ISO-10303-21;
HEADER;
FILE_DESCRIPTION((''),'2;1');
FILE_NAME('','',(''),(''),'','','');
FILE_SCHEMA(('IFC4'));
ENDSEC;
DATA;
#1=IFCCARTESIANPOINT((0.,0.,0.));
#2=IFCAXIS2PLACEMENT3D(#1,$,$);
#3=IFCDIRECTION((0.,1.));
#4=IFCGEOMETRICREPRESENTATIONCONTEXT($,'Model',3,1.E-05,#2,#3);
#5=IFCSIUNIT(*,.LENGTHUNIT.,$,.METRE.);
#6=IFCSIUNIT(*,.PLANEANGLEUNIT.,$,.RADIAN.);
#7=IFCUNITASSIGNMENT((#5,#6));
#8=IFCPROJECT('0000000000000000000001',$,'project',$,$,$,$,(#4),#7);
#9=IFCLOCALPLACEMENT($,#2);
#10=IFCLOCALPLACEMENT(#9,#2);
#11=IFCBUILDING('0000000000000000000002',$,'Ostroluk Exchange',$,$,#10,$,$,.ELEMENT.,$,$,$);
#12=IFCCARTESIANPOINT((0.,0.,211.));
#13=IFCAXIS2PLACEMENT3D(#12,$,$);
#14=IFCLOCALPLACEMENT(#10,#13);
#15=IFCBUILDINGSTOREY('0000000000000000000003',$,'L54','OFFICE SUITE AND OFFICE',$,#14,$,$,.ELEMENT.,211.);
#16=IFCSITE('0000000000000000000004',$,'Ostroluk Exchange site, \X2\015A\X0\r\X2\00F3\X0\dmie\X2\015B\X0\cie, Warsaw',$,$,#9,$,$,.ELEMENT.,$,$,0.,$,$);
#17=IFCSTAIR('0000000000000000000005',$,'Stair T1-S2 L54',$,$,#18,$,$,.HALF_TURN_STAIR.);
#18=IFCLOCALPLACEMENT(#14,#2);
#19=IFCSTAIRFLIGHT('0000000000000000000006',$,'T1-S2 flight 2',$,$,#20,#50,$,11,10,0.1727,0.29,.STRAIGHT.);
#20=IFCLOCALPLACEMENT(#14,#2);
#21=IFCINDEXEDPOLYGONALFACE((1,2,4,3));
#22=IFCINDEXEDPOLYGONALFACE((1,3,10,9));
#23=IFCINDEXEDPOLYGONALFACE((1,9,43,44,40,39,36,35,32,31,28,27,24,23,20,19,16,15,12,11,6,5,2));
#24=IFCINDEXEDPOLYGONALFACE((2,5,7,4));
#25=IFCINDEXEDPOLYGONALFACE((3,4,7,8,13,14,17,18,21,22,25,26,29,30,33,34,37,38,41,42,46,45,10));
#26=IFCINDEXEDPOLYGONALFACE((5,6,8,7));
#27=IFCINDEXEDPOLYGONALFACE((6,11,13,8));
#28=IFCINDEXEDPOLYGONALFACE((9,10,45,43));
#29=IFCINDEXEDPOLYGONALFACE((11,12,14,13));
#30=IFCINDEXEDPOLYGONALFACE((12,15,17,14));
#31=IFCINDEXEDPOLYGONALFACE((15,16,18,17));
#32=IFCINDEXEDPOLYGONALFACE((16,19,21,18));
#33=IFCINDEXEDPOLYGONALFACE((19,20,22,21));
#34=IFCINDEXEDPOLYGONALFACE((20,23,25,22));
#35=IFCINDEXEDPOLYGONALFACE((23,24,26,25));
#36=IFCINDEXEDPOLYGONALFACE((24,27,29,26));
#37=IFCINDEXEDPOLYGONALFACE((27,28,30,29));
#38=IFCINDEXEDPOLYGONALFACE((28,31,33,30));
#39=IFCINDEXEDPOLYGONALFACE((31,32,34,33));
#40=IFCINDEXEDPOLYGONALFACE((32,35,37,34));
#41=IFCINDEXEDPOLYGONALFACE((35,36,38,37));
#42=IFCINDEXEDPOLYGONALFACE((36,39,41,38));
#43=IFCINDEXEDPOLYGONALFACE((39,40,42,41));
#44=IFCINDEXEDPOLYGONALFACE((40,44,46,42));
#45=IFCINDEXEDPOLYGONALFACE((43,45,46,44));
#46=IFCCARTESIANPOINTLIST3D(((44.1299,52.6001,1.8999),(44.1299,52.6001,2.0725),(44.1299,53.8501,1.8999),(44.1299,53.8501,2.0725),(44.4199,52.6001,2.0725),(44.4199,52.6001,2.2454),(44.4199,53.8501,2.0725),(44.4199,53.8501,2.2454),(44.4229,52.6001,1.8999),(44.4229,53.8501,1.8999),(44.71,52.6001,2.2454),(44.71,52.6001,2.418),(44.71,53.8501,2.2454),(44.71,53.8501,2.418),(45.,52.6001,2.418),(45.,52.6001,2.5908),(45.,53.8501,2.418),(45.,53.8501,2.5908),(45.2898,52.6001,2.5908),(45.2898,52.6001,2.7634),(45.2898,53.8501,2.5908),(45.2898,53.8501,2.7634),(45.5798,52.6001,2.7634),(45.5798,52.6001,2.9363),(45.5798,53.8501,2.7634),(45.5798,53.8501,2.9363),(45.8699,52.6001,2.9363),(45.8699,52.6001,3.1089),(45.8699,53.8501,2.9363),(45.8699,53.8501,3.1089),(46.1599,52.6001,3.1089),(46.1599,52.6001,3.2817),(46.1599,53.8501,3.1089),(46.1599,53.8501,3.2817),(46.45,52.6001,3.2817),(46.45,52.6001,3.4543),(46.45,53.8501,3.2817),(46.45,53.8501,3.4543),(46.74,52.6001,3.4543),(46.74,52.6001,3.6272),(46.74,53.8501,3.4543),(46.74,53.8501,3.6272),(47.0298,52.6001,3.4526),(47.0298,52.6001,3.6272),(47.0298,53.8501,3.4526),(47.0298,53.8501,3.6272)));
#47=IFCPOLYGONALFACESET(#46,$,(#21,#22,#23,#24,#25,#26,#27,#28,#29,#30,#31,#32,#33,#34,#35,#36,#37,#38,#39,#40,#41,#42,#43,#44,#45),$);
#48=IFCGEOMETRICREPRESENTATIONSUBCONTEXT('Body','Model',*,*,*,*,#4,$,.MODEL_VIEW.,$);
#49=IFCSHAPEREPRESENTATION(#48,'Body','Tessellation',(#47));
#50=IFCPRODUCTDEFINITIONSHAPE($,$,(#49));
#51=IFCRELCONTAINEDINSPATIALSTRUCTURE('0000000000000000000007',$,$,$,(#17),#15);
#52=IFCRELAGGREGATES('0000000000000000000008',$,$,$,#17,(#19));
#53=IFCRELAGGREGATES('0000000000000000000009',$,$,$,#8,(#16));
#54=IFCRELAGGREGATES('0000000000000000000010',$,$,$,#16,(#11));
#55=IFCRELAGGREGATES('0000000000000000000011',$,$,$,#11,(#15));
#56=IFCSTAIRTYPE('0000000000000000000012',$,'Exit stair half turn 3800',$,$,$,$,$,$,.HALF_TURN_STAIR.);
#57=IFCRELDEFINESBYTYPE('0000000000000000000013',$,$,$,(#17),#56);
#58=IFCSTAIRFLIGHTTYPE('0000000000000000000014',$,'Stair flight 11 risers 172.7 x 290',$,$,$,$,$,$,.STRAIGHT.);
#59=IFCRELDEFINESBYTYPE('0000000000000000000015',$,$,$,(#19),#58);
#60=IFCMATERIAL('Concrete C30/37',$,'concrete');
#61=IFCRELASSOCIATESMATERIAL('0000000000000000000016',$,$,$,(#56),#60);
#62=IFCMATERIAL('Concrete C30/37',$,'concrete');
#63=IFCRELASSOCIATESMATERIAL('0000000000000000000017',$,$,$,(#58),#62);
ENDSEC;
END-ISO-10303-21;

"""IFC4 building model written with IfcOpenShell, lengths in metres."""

from ifc_helpers import new_model, si_unit, direction, frame, origin, place, context, subcontext, project, spatial, polyline, outline, extrude, material, type_object, element, aggregate, save


model = new_model("IFC4")

# Units and contexts
model_context = context("Model", 3, precision=1e-05, world=origin(), true_north=direction((0.0, 1.0)))
body_context = subcontext(model_context, "Body", "Model", "MODEL_VIEW")
ifc_project = project(units=[si_unit("LENGTHUNIT", "METRE"), si_unit("PLANEANGLEUNIT", "RADIAN")], contexts=[model_context])

# Site, building, storey
site_placement = place(None, origin())
site = spatial("IfcSite", under=ifc_project, at=site_placement, Name="Ostroluk Exchange site, Śródmieście, Warsaw", CompositionType="ELEMENT", RefElevation=0.0)
building_placement = place(site_placement, origin())
building = spatial("IfcBuilding", under=site, at=building_placement, Name="Ostroluk Exchange", CompositionType="ELEMENT")
storey_placement = place(building_placement, frame((0.0, 0.0, 211.0)))
storey = spatial("IfcBuildingStorey", under=building, at=storey_placement, Name="L54", Description="OFFICE SUITE AND OFFICE", CompositionType="ELEMENT", Elevation=211.0)

# Stair, stair flight
ifc_material_1 = material(Name="Concrete C30/37", Category="concrete")
stair_type = type_object("IfcStairType", Name="Exit stair half turn 3800", PredefinedType="HALF_TURN_STAIR", material=ifc_material_1)
stair_placement = place(storey_placement, origin())
stair = element("IfcStair", 1, at=stair_placement, inside=storey, type_object=stair_type, Name="Stair T1-S2 L54", PredefinedType="HALF_TURN_STAIR")
ifc_material_2 = material(Name="Concrete C30/37", Category="concrete")
stair_flight_type = type_object("IfcStairFlightType", Name="Stair flight 11 risers 172.7 x 290", PredefinedType="STRAIGHT", material=ifc_material_2)
stair_flight_placement = place(storey_placement, frame((44.1299, 53.2251, 1.8999), z_axis=(0.0, 0.0, 1.0), x_axis=(1.0, 0.0, 0.0)))
stair_flight = element("IfcStairFlight", 2, at=stair_flight_placement, type_object=stair_flight_type, Name="T1-S2 flight 2", NumberOfRisers=11, NumberOfTreads=10, PredefinedType="STRAIGHT", RiserHeight=0.1727, TreadLength=0.29, context=body_context, shape_type="SweptSolid", body=[
    extrude(outline(polyline([(0.0, 0.0), (0.0, 0.1726), (0.29, 0.1726), (0.29, 0.3455), (0.5801, 0.3455), (0.5801, 0.5181), (0.8701, 0.5181), (0.8701, 0.6909), (1.1599, 0.6909), (1.1599, 0.8635), (1.45, 0.8635), (1.45, 1.0364), (1.74, 1.0364), (1.74, 1.209), (2.03, 1.209), (2.03, 1.3818), (2.3201, 1.3818), (2.3201, 1.5544), (2.6101, 1.5544), (2.6101, 1.7273), (2.8999, 1.7273), (2.8999, 1.8999), (2.8999, 1.5527), (0.293, 0.0), (0.0, 0.0)])), frame((0.0, 0.625, 0.0), z_axis=(0.0, -1.0, 0.0), x_axis=(1.0, 0.0, 0.0)), (0.0, 0.0, 1.0), 1.25),
])
aggregate(stair, [stair_flight])

save(model, "model.ifc")
